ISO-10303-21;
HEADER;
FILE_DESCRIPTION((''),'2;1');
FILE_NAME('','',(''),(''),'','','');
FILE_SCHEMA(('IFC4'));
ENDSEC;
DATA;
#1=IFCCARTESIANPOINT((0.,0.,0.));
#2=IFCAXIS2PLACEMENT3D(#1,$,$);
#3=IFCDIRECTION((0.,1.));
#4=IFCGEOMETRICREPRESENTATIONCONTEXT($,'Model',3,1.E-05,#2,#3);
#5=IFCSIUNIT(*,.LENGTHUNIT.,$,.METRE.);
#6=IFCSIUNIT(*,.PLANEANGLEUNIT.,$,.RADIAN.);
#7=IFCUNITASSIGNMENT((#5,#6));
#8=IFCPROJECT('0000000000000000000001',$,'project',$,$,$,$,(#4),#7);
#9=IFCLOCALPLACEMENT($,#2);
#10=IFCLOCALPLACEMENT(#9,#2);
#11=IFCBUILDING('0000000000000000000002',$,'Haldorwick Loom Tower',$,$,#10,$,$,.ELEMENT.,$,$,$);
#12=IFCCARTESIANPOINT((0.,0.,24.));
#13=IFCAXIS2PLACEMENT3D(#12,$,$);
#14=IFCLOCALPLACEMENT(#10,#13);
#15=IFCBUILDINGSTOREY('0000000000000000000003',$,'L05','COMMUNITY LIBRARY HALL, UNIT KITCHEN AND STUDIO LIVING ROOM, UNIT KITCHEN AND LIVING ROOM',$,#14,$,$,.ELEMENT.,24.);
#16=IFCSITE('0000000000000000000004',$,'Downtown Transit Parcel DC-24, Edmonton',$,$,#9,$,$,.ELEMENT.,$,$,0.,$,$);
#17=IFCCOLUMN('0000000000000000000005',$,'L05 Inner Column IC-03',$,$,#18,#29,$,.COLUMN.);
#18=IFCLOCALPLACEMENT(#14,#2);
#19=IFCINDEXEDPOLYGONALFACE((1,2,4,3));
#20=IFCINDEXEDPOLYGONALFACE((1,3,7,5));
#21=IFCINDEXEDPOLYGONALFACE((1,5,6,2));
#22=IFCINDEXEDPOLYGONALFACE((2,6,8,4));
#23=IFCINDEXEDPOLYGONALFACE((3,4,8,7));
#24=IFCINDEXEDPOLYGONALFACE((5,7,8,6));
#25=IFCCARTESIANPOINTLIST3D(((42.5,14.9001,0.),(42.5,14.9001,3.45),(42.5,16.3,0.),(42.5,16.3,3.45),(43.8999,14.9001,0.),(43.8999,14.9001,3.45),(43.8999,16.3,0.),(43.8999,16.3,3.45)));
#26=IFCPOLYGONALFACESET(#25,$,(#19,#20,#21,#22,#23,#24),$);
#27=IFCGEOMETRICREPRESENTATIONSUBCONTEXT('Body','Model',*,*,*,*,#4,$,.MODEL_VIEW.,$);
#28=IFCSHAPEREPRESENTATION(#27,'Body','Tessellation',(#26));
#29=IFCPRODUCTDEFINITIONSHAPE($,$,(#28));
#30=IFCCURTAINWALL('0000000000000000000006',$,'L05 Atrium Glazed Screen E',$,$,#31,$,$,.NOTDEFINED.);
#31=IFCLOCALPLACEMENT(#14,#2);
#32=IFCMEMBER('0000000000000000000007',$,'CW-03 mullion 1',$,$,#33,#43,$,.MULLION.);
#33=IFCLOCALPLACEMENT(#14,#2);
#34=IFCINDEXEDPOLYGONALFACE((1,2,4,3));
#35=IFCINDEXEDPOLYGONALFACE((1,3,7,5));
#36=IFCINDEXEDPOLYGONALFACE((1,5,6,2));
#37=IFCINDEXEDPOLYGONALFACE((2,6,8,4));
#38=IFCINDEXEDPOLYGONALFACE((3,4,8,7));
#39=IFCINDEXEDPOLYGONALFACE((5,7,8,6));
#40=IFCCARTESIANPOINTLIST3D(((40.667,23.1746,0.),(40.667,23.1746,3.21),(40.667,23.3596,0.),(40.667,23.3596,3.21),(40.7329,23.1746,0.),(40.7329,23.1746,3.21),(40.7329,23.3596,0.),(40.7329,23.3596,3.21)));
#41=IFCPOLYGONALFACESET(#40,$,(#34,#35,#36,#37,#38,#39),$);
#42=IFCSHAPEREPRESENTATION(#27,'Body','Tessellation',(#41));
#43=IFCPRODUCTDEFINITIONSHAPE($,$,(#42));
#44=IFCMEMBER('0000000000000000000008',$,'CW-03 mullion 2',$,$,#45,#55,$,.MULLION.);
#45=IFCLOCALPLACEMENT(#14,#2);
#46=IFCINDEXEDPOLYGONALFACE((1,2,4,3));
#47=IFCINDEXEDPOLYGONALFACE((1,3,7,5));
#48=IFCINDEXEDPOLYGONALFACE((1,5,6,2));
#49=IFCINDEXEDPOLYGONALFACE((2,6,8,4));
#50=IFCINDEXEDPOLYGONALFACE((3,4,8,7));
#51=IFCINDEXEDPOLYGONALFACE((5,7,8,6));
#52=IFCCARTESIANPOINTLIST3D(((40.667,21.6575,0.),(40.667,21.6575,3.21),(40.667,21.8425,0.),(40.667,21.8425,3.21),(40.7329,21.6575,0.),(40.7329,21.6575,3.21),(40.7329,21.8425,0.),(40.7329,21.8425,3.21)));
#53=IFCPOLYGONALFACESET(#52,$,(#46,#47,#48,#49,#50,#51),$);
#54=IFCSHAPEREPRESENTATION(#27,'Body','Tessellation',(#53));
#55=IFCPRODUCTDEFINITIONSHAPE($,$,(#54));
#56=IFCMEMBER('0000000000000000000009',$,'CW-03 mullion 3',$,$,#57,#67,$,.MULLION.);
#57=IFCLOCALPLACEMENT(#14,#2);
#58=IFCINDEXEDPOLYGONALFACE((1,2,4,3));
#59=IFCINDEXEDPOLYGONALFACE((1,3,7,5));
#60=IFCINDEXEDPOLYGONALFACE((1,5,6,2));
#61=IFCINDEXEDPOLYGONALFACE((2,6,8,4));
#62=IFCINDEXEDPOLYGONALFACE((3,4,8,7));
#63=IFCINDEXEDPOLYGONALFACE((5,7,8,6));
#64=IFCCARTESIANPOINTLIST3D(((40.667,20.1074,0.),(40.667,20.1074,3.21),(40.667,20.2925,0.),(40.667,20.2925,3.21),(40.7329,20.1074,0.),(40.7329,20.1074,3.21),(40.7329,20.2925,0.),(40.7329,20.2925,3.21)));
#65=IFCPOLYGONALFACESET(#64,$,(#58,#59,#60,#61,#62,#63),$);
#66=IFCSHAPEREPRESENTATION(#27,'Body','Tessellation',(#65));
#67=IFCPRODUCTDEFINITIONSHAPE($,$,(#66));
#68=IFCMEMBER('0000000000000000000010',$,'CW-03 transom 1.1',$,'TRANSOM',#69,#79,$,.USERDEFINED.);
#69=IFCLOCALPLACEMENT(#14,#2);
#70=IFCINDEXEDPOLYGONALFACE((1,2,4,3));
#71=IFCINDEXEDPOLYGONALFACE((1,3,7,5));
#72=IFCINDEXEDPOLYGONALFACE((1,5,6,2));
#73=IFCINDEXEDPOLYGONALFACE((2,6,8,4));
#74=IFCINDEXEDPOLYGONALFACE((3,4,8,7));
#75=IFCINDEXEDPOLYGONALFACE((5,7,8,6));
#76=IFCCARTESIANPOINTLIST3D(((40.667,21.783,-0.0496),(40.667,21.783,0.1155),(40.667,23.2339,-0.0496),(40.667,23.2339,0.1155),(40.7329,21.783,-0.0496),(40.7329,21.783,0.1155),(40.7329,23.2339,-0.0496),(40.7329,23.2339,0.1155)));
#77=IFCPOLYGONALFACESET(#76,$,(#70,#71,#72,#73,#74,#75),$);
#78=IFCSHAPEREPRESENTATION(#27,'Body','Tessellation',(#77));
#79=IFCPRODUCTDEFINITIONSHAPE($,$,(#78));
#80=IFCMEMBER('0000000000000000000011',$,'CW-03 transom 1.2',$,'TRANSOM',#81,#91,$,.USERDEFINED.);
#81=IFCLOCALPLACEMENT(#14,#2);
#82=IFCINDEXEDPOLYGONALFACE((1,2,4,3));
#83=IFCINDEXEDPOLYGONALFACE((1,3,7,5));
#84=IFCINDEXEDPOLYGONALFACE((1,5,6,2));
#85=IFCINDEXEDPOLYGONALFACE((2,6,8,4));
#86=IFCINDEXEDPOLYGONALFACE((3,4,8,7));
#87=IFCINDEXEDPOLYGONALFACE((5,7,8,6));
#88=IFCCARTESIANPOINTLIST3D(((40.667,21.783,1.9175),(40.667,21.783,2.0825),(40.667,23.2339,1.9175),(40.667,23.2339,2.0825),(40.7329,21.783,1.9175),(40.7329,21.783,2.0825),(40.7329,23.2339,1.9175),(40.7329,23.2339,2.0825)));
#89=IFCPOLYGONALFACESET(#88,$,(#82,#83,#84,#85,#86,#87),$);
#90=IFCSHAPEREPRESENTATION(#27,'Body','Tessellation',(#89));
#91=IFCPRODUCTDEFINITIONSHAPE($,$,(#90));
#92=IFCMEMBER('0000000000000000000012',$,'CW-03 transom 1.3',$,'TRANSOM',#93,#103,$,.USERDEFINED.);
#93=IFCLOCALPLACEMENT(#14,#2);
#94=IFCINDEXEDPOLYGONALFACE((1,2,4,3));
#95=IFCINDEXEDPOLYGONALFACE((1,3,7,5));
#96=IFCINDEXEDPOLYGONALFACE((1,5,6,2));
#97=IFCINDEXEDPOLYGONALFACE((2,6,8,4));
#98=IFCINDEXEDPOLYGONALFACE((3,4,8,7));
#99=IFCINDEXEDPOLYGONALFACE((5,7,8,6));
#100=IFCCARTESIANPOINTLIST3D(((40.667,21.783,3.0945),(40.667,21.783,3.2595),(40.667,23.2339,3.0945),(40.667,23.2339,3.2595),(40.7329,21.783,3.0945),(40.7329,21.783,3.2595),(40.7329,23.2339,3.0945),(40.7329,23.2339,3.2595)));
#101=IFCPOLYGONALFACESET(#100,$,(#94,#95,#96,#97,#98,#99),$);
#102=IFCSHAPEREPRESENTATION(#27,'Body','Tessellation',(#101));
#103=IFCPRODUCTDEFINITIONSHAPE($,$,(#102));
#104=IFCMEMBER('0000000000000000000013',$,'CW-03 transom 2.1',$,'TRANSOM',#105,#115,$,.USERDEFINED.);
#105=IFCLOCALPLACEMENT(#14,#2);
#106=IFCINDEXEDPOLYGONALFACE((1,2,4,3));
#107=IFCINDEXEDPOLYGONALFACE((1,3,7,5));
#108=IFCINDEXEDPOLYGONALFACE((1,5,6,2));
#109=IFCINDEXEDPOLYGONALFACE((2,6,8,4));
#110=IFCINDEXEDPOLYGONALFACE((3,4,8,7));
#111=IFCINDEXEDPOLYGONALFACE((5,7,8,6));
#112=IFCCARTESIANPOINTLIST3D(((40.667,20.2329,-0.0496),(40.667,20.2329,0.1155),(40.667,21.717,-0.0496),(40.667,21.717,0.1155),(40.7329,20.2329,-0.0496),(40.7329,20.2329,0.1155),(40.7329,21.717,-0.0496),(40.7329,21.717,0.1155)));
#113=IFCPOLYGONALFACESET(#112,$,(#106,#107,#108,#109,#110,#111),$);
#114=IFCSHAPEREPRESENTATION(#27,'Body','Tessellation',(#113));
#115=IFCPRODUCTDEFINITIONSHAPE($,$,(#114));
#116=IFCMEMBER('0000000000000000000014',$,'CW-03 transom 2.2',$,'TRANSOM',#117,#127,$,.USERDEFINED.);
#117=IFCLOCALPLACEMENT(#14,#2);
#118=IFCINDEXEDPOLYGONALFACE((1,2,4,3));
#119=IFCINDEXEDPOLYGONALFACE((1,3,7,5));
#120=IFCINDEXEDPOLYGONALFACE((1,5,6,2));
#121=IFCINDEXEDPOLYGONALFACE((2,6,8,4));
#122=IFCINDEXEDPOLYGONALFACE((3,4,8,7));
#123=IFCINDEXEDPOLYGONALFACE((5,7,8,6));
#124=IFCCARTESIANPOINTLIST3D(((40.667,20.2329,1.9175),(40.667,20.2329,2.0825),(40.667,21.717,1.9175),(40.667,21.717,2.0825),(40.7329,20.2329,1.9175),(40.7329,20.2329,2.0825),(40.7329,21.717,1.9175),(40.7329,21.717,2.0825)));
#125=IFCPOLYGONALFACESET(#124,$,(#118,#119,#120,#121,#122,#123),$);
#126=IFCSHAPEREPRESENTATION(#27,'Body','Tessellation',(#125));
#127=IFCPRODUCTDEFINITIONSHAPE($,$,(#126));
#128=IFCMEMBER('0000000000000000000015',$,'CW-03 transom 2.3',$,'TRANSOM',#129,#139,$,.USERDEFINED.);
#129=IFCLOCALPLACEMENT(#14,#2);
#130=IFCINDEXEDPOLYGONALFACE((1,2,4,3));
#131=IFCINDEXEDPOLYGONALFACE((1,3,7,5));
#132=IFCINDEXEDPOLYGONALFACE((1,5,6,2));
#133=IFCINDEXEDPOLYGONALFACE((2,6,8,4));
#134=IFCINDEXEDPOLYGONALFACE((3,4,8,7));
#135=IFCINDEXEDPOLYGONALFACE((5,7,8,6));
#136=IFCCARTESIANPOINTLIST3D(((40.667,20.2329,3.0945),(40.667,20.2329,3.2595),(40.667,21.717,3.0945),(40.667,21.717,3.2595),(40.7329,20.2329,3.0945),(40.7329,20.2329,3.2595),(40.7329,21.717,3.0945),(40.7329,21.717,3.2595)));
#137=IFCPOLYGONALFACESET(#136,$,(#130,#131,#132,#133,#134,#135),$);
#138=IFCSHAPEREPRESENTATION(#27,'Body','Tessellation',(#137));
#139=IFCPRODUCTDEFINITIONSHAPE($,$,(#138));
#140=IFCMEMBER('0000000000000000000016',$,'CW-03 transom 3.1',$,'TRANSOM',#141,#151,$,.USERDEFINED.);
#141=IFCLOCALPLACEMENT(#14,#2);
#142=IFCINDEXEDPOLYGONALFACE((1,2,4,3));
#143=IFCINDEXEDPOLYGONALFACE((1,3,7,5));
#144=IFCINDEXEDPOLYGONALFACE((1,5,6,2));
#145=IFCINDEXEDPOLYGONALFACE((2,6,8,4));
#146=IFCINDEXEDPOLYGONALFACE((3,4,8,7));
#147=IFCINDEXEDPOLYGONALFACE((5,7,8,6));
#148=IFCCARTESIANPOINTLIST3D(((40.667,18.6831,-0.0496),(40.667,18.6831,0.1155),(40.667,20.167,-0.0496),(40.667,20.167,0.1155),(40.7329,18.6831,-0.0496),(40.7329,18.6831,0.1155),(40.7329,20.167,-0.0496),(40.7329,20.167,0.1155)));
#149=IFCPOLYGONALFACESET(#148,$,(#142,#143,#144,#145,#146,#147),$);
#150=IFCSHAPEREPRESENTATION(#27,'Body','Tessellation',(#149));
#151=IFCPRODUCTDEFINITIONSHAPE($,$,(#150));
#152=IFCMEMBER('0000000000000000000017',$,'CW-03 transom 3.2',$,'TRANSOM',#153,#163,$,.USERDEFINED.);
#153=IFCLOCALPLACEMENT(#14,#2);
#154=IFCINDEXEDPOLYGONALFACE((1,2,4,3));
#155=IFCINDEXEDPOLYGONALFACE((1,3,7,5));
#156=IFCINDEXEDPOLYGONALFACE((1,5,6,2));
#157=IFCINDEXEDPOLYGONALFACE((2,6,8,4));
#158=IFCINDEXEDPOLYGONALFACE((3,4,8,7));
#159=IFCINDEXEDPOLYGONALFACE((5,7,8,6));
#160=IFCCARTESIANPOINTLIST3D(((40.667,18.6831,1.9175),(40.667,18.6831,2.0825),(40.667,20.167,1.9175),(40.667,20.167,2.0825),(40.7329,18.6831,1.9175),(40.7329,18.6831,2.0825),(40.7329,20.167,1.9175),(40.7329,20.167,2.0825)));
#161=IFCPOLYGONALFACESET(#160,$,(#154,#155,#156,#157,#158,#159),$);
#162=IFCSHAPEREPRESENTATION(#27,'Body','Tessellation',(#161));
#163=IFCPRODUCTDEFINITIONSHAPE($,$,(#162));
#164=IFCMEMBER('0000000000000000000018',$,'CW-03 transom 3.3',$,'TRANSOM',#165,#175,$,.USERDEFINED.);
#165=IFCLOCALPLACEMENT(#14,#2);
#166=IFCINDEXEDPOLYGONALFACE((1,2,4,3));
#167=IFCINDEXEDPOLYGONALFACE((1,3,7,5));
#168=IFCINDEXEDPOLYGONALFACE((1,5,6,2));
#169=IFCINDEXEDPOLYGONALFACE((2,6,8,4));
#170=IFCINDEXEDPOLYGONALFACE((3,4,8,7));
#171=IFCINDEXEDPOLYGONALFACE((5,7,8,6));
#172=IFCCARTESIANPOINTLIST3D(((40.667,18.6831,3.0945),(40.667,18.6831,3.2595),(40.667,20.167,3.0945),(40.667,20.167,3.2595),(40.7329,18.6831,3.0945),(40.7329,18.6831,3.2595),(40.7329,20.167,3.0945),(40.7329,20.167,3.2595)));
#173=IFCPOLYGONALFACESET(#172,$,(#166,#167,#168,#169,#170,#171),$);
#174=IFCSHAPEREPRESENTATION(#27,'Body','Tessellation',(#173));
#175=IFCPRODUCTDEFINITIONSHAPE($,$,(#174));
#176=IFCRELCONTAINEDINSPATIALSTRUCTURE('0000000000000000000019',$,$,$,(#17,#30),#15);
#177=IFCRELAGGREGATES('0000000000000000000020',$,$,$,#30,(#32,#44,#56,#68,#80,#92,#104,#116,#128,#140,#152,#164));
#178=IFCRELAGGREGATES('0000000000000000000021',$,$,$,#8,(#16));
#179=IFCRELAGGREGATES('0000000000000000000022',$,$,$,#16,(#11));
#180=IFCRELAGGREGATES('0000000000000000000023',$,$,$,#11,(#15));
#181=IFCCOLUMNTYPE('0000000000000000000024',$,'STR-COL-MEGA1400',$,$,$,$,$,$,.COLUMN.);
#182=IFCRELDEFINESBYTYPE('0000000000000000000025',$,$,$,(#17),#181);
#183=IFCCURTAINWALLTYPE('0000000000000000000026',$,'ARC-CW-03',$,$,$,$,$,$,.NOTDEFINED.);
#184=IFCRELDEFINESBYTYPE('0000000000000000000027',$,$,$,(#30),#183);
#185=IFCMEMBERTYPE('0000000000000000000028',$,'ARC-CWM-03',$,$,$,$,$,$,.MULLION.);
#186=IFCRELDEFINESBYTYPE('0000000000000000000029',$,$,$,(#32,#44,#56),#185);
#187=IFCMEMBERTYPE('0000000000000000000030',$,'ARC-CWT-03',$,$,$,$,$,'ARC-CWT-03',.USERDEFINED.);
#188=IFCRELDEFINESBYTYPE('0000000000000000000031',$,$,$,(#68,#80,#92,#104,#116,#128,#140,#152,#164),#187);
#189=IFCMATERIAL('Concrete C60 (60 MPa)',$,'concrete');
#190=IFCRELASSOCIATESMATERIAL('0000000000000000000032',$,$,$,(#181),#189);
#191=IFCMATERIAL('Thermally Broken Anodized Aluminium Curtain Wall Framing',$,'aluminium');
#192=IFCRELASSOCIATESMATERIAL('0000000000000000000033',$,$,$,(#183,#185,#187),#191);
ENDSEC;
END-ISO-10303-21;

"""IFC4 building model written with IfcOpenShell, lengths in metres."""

from ifc_helpers import new_model, si_unit, direction, frame, origin, origin_2d, place, context, subcontext, project, spatial, rectangle, extrude, material, material_profile, profile_set, type_object, element, aggregate, save


model = new_model("IFC4")

# Units and contexts
model_context = context("Model", 3, precision=1e-05, world=origin(), true_north=direction((0.0, 1.0)))
body_context = subcontext(model_context, "Body", "Model", "MODEL_VIEW")
ifc_project = project(units=[si_unit("LENGTHUNIT", "METRE"), si_unit("PLANEANGLEUNIT", "RADIAN")], contexts=[model_context])

# Site, building, storey
site_placement = place(None, origin())
site = spatial("IfcSite", under=ifc_project, at=site_placement, Name="Downtown Transit Parcel DC-24, Edmonton", CompositionType="ELEMENT", RefElevation=0.0)
building_placement = place(site_placement, origin())
building = spatial("IfcBuilding", under=site, at=building_placement, Name="Haldorwick Loom Tower", CompositionType="ELEMENT")
storey_placement = place(building_placement, frame((0.0, 0.0, 24.0)))
storey = spatial("IfcBuildingStorey", under=building, at=storey_placement, Name="L05", Description="COMMUNITY LIBRARY HALL, UNIT KITCHEN AND STUDIO LIVING ROOM, UNIT KITCHEN AND LIVING ROOM", CompositionType="ELEMENT", Elevation=24.0)

# Column
ifc_material_1 = material(Name="Concrete C60 (60 MPa)", Category="concrete")
ifc_material_profile_1 = material_profile(ifc_material_1, rectangle(XDim=1.3999, YDim=1.3999, at=origin_2d()), Name="RC1400X1400", Category="concrete")
ifc_profile_set_1 = profile_set([ifc_material_profile_1], Name="Concrete C60 (60 MPa)")
column_type = type_object("IfcColumnType", Name="STR-COL-MEGA1400", PredefinedType="COLUMN", material=ifc_profile_set_1)
column_placement = place(storey_placement, frame((43.2, 15.6001, 0.0), z_axis=(0.0, 0.0, 1.0), x_axis=(1.0, 0.0, 0.0)))
element("IfcColumn", 1, at=column_placement, inside=storey, type_object=column_type, Name="L05 Inner Column IC-03", PredefinedType="COLUMN", context=body_context, shape_type="SweptSolid", body=[
    extrude(rectangle(XDim=1.3999, YDim=1.3999, at=origin_2d()), origin(), (0.0, 0.0, 1.0), 3.45),
])

# Curtain wall, members
ifc_material_2 = material(Name="Thermally Broken Anodized Aluminium Curtain Wall Framing", Category="aluminium")
curtain_wall_type = type_object("IfcCurtainWallType", Name="ARC-CW-03", PredefinedType="NOTDEFINED", material=ifc_material_2)
curtain_wall_placement = place(storey_placement, origin())
curtain_wall = element("IfcCurtainWall", 2, at=curtain_wall_placement, inside=storey, type_object=curtain_wall_type, Name="L05 Atrium Glazed Screen E", PredefinedType="NOTDEFINED")
ifc_material_profile_2 = material_profile(ifc_material_2, rectangle(XDim=0.0659, YDim=0.1851, at=origin_2d()), Name="ALU_MUL_66X185", Category="aluminium")
ifc_profile_set_2 = profile_set([ifc_material_profile_2], Name="Thermally Broken Anodized Aluminium Curtain Wall Framing")
member_type_1 = type_object("IfcMemberType", Name="ARC-CWM-03", PredefinedType="MULLION", material=ifc_profile_set_2)
member_1_placement = place(storey_placement, frame((40.7, 23.2671, 0.0), z_axis=(0.0, 0.0, 1.0), x_axis=(1.0, 0.0, 0.0)))
member_1 = element("IfcMember", 3, at=member_1_placement, type_object=member_type_1, Name="CW-03 mullion 1", PredefinedType="MULLION", context=body_context, shape_type="SweptSolid", body=[
    extrude(rectangle(XDim=0.0659, YDim=0.1851, at=origin_2d()), origin(), (0.0, 0.0, 1.0), 3.21),
])
member_2_placement = place(storey_placement, frame((40.7, 21.75, 0.0), z_axis=(0.0, 0.0, 1.0), x_axis=(1.0, 0.0, 0.0)))
member_2 = element("IfcMember", 4, at=member_2_placement, type_object=member_type_1, Name="CW-03 mullion 2", PredefinedType="MULLION", context=body_context, shape_type="SweptSolid", body=[
    extrude(rectangle(XDim=0.0659, YDim=0.1851, at=origin_2d()), origin(), (0.0, 0.0, 1.0), 3.21),
])
member_3_placement = place(storey_placement, frame((40.7, 20.2, 0.0), z_axis=(0.0, 0.0, 1.0), x_axis=(1.0, 0.0, 0.0)))
member_3 = element("IfcMember", 5, at=member_3_placement, type_object=member_type_1, Name="CW-03 mullion 3", PredefinedType="MULLION", context=body_context, shape_type="SweptSolid", body=[
    extrude(rectangle(XDim=0.0659, YDim=0.1851, at=origin_2d()), origin(), (0.0, 0.0, 1.0), 3.21),
])
ifc_material_profile_3 = material_profile(ifc_material_2, rectangle(XDim=0.0659, YDim=0.165, at=origin_2d()), Name="ALU_TRN_66X165", Category="aluminium")
ifc_profile_set_3 = profile_set([ifc_material_profile_3], Name="Thermally Broken Anodized Aluminium Curtain Wall Framing")
member_type_2 = type_object("IfcMemberType", Name="ARC-CWT-03", ElementType="ARC-CWT-03", PredefinedType="USERDEFINED", material=ifc_profile_set_3)
member_4_placement = place(storey_placement, frame((40.7, 23.2339, 0.033), z_axis=(0.0, -1.0, 0.0), x_axis=(1.0, 0.0, 0.0)))
member_4 = element("IfcMember", 6, at=member_4_placement, type_object=member_type_2, Name="CW-03 transom 1.1", ObjectType="TRANSOM", PredefinedType="USERDEFINED", context=body_context, shape_type="SweptSolid", body=[
    extrude(rectangle(XDim=0.0659, YDim=0.165, at=origin_2d()), origin(), (0.0, 0.0, 1.0), 1.4509),
])
member_5_placement = place(storey_placement, frame((40.7, 23.2339, 2.0), z_axis=(0.0, -1.0, 0.0), x_axis=(1.0, 0.0, 0.0)))
member_5 = element("IfcMember", 7, at=member_5_placement, type_object=member_type_2, Name="CW-03 transom 1.2", ObjectType="TRANSOM", PredefinedType="USERDEFINED", context=body_context, shape_type="SweptSolid", body=[
    extrude(rectangle(XDim=0.0659, YDim=0.165, at=origin_2d()), origin(), (0.0, 0.0, 1.0), 1.4509),
])
member_6_placement = place(storey_placement, frame((40.7, 23.2339, 3.177), z_axis=(0.0, -1.0, 0.0), x_axis=(1.0, 0.0, 0.0)))
member_6 = element("IfcMember", 8, at=member_6_placement, type_object=member_type_2, Name="CW-03 transom 1.3", ObjectType="TRANSOM", PredefinedType="USERDEFINED", context=body_context, shape_type="SweptSolid", body=[
    extrude(rectangle(XDim=0.0659, YDim=0.165, at=origin_2d()), origin(), (0.0, 0.0, 1.0), 1.4509),
])
member_7_placement = place(storey_placement, frame((40.7, 21.717, 0.033), z_axis=(0.0, -1.0, 0.0), x_axis=(1.0, 0.0, 0.0)))
member_7 = element("IfcMember", 9, at=member_7_placement, type_object=member_type_2, Name="CW-03 transom 2.1", ObjectType="TRANSOM", PredefinedType="USERDEFINED", context=body_context, shape_type="SweptSolid", body=[
    extrude(rectangle(XDim=0.0659, YDim=0.165, at=origin_2d()), origin(), (0.0, 0.0, 1.0), 1.4841),
])
member_8_placement = place(storey_placement, frame((40.7, 21.717, 2.0), z_axis=(0.0, -1.0, 0.0), x_axis=(1.0, 0.0, 0.0)))
member_8 = element("IfcMember", 10, at=member_8_placement, type_object=member_type_2, Name="CW-03 transom 2.2", ObjectType="TRANSOM", PredefinedType="USERDEFINED", context=body_context, shape_type="SweptSolid", body=[
    extrude(rectangle(XDim=0.0659, YDim=0.165, at=origin_2d()), origin(), (0.0, 0.0, 1.0), 1.4841),
])
member_9_placement = place(storey_placement, frame((40.7, 21.717, 3.177), z_axis=(0.0, -1.0, 0.0), x_axis=(1.0, 0.0, 0.0)))
member_9 = element("IfcMember", 11, at=member_9_placement, type_object=member_type_2, Name="CW-03 transom 2.3", ObjectType="TRANSOM", PredefinedType="USERDEFINED", context=body_context, shape_type="SweptSolid", body=[
    extrude(rectangle(XDim=0.0659, YDim=0.165, at=origin_2d()), origin(), (0.0, 0.0, 1.0), 1.4841),
])
member_10_placement = place(storey_placement, frame((40.7, 20.167, 0.033), z_axis=(0.0, -1.0, 0.0), x_axis=(1.0, 0.0, 0.0)))
member_10 = element("IfcMember", 12, at=member_10_placement, type_object=member_type_2, Name="CW-03 transom 3.1", ObjectType="TRANSOM", PredefinedType="USERDEFINED", context=body_context, shape_type="SweptSolid", body=[
    extrude(rectangle(XDim=0.0659, YDim=0.165, at=origin_2d()), origin(), (0.0, 0.0, 1.0), 1.4839),
])
member_11_placement = place(storey_placement, frame((40.7, 20.167, 2.0), z_axis=(0.0, -1.0, 0.0), x_axis=(1.0, 0.0, 0.0)))
member_11 = element("IfcMember", 13, at=member_11_placement, type_object=member_type_2, Name="CW-03 transom 3.2", ObjectType="TRANSOM", PredefinedType="USERDEFINED", context=body_context, shape_type="SweptSolid", body=[
    extrude(rectangle(XDim=0.0659, YDim=0.165, at=origin_2d()), origin(), (0.0, 0.0, 1.0), 1.4839),
])
member_12_placement = place(storey_placement, frame((40.7, 20.167, 3.177), z_axis=(0.0, -1.0, 0.0), x_axis=(1.0, 0.0, 0.0)))
member_12 = element("IfcMember", 14, at=member_12_placement, type_object=member_type_2, Name="CW-03 transom 3.3", ObjectType="TRANSOM", PredefinedType="USERDEFINED", context=body_context, shape_type="SweptSolid", body=[
    extrude(rectangle(XDim=0.0659, YDim=0.165, at=origin_2d()), origin(), (0.0, 0.0, 1.0), 1.4839),
])

aggregate(curtain_wall, [member_1, member_2, member_3, member_4, member_5, member_6, member_7, member_8, member_9, member_10, member_11, member_12])

save(model, "model.ifc")
